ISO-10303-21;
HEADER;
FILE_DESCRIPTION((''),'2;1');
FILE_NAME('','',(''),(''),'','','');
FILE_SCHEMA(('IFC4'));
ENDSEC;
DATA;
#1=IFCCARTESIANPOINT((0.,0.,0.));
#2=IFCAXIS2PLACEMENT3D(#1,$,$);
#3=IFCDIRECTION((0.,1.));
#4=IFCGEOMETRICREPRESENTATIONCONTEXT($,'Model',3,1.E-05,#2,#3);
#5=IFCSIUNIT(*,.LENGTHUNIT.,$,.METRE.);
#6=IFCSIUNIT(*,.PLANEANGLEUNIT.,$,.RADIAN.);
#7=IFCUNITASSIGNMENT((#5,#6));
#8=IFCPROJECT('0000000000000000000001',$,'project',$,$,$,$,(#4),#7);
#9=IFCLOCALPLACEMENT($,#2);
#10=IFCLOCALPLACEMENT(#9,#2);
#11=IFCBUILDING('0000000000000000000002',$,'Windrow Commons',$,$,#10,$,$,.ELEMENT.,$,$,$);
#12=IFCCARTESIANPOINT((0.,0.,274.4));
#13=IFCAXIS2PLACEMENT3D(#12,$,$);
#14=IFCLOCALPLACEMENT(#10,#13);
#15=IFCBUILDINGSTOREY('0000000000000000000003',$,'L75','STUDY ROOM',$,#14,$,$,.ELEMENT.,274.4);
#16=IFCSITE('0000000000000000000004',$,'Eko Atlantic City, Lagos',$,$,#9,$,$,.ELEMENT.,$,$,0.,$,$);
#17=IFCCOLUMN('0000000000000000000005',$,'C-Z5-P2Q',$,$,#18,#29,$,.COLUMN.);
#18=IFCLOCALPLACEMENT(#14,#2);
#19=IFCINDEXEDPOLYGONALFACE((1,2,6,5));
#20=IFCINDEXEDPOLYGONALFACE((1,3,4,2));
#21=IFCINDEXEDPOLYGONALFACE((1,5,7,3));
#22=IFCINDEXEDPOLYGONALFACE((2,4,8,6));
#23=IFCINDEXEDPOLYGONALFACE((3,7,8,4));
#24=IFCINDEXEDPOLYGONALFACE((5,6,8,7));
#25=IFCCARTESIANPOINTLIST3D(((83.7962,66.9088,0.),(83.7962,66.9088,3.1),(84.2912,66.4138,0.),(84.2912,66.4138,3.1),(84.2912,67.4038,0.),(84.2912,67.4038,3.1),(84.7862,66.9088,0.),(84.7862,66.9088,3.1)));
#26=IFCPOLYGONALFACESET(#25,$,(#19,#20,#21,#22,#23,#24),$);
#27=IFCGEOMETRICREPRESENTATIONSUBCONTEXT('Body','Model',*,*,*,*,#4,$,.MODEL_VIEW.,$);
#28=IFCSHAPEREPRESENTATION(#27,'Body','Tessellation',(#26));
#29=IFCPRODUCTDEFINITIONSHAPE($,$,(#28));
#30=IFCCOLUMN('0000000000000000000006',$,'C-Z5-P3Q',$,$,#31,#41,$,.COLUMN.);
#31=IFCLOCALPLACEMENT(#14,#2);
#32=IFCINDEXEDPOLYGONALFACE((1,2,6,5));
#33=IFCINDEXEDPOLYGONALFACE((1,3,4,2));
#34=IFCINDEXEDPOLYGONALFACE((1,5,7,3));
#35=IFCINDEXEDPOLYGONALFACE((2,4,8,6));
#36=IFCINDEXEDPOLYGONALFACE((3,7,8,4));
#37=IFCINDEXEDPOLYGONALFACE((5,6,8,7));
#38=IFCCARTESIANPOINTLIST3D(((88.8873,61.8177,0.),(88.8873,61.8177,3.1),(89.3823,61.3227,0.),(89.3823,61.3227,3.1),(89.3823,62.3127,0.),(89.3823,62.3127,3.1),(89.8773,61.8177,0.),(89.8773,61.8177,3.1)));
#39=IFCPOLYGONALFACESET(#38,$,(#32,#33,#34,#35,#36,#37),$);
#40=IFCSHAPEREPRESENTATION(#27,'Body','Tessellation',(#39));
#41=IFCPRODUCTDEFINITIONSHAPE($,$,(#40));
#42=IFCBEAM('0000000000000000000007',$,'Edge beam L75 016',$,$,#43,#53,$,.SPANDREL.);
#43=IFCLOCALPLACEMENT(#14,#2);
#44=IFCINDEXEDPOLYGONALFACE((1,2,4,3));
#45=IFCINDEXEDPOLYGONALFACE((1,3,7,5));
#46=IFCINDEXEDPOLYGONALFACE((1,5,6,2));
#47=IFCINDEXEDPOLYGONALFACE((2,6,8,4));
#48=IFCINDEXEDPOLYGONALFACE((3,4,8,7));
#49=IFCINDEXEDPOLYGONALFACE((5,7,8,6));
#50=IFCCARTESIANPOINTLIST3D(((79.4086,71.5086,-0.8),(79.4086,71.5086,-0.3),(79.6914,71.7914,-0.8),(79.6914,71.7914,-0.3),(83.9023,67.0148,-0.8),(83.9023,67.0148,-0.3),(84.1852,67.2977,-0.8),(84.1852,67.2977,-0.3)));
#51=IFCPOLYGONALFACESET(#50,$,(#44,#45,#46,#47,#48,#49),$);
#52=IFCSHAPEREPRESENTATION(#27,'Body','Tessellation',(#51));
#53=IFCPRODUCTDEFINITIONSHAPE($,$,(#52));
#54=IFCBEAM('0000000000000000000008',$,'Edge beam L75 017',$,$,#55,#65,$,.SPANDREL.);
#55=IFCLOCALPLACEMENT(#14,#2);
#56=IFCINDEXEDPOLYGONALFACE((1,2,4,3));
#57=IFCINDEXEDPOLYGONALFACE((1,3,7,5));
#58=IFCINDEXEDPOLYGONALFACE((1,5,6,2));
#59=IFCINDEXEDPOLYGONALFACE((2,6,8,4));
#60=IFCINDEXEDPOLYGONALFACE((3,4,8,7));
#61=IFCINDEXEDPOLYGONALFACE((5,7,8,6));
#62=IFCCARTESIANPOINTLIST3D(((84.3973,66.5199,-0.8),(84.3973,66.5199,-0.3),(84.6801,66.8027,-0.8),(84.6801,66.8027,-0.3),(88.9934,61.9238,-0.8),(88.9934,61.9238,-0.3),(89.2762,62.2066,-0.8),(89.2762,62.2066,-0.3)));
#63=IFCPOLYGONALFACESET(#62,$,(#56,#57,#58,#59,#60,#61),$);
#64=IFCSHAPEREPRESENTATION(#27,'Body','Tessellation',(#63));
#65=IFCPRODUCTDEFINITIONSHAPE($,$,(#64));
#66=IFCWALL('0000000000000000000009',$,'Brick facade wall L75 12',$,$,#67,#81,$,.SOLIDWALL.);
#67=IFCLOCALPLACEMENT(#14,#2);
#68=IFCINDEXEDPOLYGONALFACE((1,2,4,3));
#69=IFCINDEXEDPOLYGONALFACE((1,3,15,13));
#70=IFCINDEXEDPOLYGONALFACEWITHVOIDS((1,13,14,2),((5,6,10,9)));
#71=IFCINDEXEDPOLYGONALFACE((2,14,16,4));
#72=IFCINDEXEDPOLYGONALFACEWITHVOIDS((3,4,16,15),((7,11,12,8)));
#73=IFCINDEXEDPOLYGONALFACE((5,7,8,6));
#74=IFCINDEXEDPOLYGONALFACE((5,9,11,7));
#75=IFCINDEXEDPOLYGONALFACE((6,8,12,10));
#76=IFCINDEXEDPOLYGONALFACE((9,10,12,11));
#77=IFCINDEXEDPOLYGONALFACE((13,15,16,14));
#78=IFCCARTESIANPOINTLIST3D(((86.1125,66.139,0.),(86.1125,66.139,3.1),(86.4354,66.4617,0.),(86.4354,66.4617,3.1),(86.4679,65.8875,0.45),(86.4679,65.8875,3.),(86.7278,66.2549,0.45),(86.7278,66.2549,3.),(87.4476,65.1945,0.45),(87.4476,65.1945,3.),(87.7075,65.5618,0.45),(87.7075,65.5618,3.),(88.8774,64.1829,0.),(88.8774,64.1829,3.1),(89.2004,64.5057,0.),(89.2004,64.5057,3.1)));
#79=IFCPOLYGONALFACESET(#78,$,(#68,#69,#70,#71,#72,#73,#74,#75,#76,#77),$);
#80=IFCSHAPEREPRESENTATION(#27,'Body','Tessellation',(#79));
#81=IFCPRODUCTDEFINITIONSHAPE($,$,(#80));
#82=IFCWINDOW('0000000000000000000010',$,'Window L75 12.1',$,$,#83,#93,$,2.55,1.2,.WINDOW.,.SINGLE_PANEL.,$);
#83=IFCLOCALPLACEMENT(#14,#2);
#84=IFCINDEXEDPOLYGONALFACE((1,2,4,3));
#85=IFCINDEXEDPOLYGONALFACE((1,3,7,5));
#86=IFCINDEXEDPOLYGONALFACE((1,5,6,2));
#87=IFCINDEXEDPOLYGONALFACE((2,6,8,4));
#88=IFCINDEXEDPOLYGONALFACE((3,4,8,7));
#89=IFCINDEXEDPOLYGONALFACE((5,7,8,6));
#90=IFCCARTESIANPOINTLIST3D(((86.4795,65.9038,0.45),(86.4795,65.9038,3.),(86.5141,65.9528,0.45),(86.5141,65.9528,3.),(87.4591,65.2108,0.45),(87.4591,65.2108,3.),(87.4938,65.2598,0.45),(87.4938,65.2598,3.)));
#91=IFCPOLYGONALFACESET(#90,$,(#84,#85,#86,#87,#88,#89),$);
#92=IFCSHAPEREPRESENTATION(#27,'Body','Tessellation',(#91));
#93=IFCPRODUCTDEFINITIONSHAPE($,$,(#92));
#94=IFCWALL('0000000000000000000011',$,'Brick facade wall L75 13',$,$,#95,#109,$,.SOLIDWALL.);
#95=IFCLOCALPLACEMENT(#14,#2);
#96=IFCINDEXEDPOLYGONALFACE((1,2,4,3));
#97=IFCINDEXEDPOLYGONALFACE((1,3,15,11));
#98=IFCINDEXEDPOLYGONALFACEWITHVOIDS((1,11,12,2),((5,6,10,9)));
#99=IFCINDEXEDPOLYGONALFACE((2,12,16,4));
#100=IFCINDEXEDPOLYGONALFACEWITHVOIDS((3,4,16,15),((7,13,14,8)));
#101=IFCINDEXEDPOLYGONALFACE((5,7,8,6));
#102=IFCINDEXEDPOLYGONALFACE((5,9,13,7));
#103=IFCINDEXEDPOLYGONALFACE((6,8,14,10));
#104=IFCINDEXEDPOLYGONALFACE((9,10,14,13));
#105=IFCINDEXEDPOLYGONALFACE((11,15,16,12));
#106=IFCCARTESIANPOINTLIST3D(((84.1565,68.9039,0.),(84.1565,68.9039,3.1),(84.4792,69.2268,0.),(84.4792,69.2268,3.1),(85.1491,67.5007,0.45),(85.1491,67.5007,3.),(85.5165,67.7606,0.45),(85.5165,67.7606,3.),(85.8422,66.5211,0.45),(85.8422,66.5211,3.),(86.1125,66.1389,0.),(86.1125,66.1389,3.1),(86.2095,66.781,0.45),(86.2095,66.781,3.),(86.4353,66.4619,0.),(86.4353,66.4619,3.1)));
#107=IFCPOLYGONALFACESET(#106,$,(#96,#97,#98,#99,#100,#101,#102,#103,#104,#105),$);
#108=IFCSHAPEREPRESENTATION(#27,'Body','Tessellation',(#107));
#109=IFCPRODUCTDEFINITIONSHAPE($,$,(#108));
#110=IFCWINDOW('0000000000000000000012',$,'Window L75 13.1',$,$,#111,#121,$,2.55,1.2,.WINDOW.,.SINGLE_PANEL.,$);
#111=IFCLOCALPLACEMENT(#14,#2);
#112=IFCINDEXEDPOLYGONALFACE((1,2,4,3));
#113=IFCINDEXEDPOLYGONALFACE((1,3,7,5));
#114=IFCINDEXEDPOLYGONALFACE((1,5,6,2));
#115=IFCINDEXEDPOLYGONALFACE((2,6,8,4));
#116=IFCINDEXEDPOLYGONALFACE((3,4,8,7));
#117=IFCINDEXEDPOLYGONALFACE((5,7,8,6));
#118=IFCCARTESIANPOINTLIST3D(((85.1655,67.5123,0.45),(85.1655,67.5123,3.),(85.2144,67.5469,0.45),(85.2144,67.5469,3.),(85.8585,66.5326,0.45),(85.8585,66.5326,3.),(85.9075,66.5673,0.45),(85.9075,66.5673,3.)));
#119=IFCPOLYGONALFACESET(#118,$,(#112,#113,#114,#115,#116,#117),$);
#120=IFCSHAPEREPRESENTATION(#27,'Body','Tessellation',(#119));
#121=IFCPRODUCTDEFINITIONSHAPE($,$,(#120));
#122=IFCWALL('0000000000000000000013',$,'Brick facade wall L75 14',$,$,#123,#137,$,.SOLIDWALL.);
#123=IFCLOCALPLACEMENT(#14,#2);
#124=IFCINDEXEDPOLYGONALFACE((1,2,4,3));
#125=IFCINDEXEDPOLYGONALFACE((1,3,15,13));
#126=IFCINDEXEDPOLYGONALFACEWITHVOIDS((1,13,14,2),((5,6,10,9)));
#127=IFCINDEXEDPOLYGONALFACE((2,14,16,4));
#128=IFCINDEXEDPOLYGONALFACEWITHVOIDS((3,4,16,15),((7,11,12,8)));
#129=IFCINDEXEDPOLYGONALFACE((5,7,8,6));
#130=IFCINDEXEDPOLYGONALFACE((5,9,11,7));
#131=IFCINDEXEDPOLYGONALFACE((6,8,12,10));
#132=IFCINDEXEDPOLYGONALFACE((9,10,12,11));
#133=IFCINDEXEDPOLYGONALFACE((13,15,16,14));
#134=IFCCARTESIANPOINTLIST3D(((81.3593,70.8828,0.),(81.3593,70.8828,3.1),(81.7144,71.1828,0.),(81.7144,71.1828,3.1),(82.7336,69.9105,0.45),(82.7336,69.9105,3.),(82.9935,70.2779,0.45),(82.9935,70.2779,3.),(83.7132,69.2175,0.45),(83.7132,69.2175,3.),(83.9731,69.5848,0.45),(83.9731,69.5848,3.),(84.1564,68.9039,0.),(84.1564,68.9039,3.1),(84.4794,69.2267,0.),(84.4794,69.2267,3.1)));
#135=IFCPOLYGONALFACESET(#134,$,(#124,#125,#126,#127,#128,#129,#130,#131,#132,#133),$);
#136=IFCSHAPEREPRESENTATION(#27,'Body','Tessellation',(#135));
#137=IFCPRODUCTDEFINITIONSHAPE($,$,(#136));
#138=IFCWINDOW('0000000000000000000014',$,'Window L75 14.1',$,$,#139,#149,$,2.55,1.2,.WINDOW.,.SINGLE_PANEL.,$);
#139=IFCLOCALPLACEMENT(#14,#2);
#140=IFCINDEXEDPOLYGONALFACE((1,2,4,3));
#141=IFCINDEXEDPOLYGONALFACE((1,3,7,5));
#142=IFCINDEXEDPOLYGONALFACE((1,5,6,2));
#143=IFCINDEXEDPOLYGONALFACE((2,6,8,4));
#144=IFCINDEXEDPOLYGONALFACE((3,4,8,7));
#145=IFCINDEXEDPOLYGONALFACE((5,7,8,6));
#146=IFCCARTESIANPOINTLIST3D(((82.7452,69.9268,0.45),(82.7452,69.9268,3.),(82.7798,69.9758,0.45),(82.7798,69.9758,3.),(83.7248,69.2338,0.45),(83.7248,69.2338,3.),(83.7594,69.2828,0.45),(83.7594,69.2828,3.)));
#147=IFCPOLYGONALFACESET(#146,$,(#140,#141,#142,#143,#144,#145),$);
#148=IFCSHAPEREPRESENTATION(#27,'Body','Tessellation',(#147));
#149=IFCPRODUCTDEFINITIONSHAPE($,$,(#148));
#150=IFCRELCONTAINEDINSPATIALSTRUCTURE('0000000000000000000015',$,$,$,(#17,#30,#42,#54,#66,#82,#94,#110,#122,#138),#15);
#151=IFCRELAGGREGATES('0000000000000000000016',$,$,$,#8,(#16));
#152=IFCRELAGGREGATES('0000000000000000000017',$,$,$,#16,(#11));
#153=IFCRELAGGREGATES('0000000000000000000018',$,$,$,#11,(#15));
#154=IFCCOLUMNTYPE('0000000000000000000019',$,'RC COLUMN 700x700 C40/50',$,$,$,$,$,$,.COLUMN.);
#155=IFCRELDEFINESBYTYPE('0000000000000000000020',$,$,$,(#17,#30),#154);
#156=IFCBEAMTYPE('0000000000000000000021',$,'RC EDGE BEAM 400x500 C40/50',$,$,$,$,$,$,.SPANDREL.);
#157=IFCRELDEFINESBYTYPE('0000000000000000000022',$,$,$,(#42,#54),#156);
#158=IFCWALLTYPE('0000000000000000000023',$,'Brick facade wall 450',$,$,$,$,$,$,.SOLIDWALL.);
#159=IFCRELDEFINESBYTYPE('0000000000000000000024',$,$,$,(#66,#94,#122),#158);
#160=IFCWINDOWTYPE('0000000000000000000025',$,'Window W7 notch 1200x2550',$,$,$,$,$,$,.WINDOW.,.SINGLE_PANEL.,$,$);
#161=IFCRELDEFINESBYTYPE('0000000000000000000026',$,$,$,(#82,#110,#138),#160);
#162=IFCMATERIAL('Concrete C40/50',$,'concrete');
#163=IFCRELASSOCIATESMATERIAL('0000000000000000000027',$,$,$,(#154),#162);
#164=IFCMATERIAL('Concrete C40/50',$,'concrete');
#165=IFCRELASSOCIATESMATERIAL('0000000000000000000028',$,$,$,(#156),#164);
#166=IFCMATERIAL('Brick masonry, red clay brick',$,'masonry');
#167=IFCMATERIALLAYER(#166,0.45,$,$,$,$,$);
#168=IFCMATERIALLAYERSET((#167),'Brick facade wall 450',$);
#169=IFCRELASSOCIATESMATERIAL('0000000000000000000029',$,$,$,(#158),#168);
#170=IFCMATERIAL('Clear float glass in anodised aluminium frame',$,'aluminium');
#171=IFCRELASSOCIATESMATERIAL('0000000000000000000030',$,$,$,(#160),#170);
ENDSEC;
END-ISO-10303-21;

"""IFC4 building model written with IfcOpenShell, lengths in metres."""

from ifc_helpers import new_model, si_unit, direction, frame, frame_2d, origin, origin_2d, place, context, subcontext, project, spatial, polyline, rectangle, outline, extrude, material, layer, layer_set, material_profile, profile_set, type_object, element, fill, save


model = new_model("IFC4")

# Units and contexts
model_context = context("Model", 3, precision=1e-05, world=origin(), true_north=direction((0.0, 1.0)))
body_context = subcontext(model_context, "Body", "Model", "MODEL_VIEW")
ifc_project = project(units=[si_unit("LENGTHUNIT", "METRE"), si_unit("PLANEANGLEUNIT", "RADIAN")], contexts=[model_context])

# Site, building, storey
site_placement = place(None, origin())
site = spatial("IfcSite", under=ifc_project, at=site_placement, Name="Eko Atlantic City, Lagos", CompositionType="ELEMENT", RefElevation=0.0)
building_placement = place(site_placement, origin())
building = spatial("IfcBuilding", under=site, at=building_placement, Name="Windrow Commons", CompositionType="ELEMENT")
storey_placement = place(building_placement, frame((0.0, 0.0, 274.4)))
storey = spatial("IfcBuildingStorey", under=building, at=storey_placement, Name="L75", Description="STUDY ROOM", CompositionType="ELEMENT", Elevation=274.4)

# Columns
ifc_material_1 = material(Name="Concrete C40/50", Category="concrete")
ifc_material_profile_1 = material_profile(ifc_material_1, rectangle(XDim=0.7, YDim=0.7, at=origin_2d()))
ifc_profile_set_1 = profile_set([ifc_material_profile_1], Name="Concrete C40/50")
column_type = type_object("IfcColumnType", Name="RC COLUMN 700x700 C40/50", PredefinedType="COLUMN", material=ifc_profile_set_1)
for number, where, z_axis, x_axis, name in (
    (1, (84.2912, 66.9088, 0.0), (0.0, 0.0, 1.0), (0.707107, -0.707107, 0.0), "C-Z5-P2Q"),
    (2, (89.3823, 61.8177, 0.0), (0.0, 0.0, 1.0), (0.707107, -0.707107, 0.0), "C-Z5-P3Q"),
):
    element("IfcColumn", number, at=place(storey_placement, frame(where, z_axis=z_axis, x_axis=x_axis)), inside=storey, type_object=column_type, Name=name, PredefinedType="COLUMN", context=body_context, shape_type="SweptSolid", body=[
        extrude(rectangle(XDim=0.7, YDim=0.7, at=origin_2d()), origin(), (0.0, 0.0, 1.0), 3.1),
    ])

# Beams
ifc_material_2 = material(Name="Concrete C40/50", Category="concrete")
ifc_material_profile_2 = material_profile(ifc_material_2, rectangle(XDim=0.4, YDim=0.5, at=origin_2d()))
ifc_profile_set_2 = profile_set([ifc_material_profile_2], Name="Concrete C40/50")
beam_type = type_object("IfcBeamType", Name="RC EDGE BEAM 400x500 C40/50", PredefinedType="SPANDREL", material=ifc_profile_set_2)
beam_1_placement = place(storey_placement, frame((79.55, 71.65, -0.55), z_axis=(0.707107, -0.707107, 0.0), x_axis=(0.707107, 0.707107, 0.0)))
element("IfcBeam", 3, at=beam_1_placement, inside=storey, type_object=beam_type, Name="Edge beam L75 016", PredefinedType="SPANDREL", context=body_context, shape_type="SweptSolid", body=[
    extrude(rectangle(XDim=0.4, YDim=0.5, at=origin_2d()), origin(), (0.0, 0.0, 1.0), 6.3551),
])
beam_2_placement = place(storey_placement, frame((84.5387, 66.6613, -0.55), z_axis=(0.707107, -0.707107, 0.0), x_axis=(0.707107, 0.707107, 0.0)))
element("IfcBeam", 4, at=beam_2_placement, inside=storey, type_object=beam_type, Name="Edge beam L75 017", PredefinedType="SPANDREL", context=body_context, shape_type="SweptSolid", body=[
    extrude(rectangle(XDim=0.4, YDim=0.5, at=origin_2d()), origin(), (0.0, 0.0, 1.0), 6.4999),
])

# Walls, openings, windows
ifc_material_3 = material(Name="Brick masonry, red clay brick", Category="masonry")
ifc_layer_1 = layer(ifc_material_3, 0.45)
ifc_layer_set_1 = layer_set([ifc_layer_1], Name="Brick facade wall 450")
wall_type_1 = type_object("IfcWallType", Name="Brick facade wall 450", PredefinedType="SOLIDWALL", material=ifc_layer_set_1)
wall_1_placement = place(storey_placement, frame((89.0389, 64.3443, 0.0), z_axis=(0.0, 0.0, 1.0), x_axis=(-0.816364, 0.577537, 0.0)))
wall_1 = element("IfcWall", 5, at=wall_1_placement, inside=storey, type_object=wall_type_1, Name="Brick facade wall L75 12", PredefinedType="SOLIDWALL", context=body_context, shape_type="SweptSolid", body=[
    extrude(outline(polyline([(-0.0386, -0.225), (3.3483, -0.225), (3.4255, 0.225), (0.0386, 0.225), (-0.0386, -0.225)])), origin(), (0.0, 0.0, 1.0), 3.1),
])
opening_1_placement = place(wall_1_placement, frame((1.7901, 0.0, 0.45)))
opening_1 = element("IfcOpeningElement", 6, at=opening_1_placement, cuts=wall_1, PredefinedType="OPENING", context=body_context, shape_type="SweptSolid", body=[
    extrude(rectangle(XDim=1.2, YDim=2.55, at=frame_2d((0.6, 1.275))), frame((0.0, 0.235, 0.0), z_axis=(0.0, -1.0, 0.0), x_axis=(1.0, 0.0, 0.0)), (0.0, 0.0, 1.0), 0.47),
])
ifc_material_4 = material(Name="Clear float glass in anodised aluminium frame", Category="aluminium")
window_type = type_object("IfcWindowType", Name="Window W7 notch 1200x2550", PartitioningType="SINGLE_PANEL", PredefinedType="WINDOW", material=ifc_material_4)
window_1_placement = place(opening_1_placement, origin())
window_1 = element("IfcWindow", 7, at=window_1_placement, inside=storey, type_object=window_type, Name="Window L75 12.1", OverallHeight=2.55, OverallWidth=1.2, PartitioningType="SINGLE_PANEL", PredefinedType="WINDOW", context=body_context, shape_type="SweptSolid", body=[
    extrude(rectangle(XDim=1.2, YDim=2.55, at=frame_2d((0.6, 1.275))), frame((0.0, 0.205, 0.0), z_axis=(0.0, -1.0, 0.0), x_axis=(1.0, 0.0, 0.0)), (0.0, 0.0, 1.0), 0.06),
])
fill(opening_1, window_1)
wall_2_placement = place(storey_placement, frame((86.2739, 66.3004, 0.0), z_axis=(0.0, 0.0, 1.0), x_axis=(-0.577531, 0.816368, 0.0)))
wall_2 = element("IfcWall", 8, at=wall_2_placement, inside=storey, type_object=wall_type_1, Name="Brick facade wall L75 13", PredefinedType="SOLIDWALL", context=body_context, shape_type="SweptSolid", body=[
    extrude(outline(polyline([(0.0386, -0.225), (3.4255, -0.225), (3.3483, 0.225), (-0.0386, 0.225), (0.0386, -0.225)])), origin(), (0.0, 0.0, 1.0), 3.1),
])
opening_2_placement = place(wall_2_placement, frame((0.4295, 0.0, 0.45)))
opening_2 = element("IfcOpeningElement", 9, at=opening_2_placement, cuts=wall_2, PredefinedType="OPENING", context=body_context, shape_type="SweptSolid", body=[
    extrude(rectangle(XDim=1.2, YDim=2.55, at=frame_2d((0.6, 1.275))), frame((0.0, 0.235, 0.0), z_axis=(0.0, -1.0, 0.0), x_axis=(1.0, 0.0, 0.0)), (0.0, 0.0, 1.0), 0.47),
])
window_2_placement = place(opening_2_placement, origin())
window_2 = element("IfcWindow", 10, at=window_2_placement, inside=storey, type_object=window_type, Name="Window L75 13.1", OverallHeight=2.55, OverallWidth=1.2, PartitioningType="SINGLE_PANEL", PredefinedType="WINDOW", context=body_context, shape_type="SweptSolid", body=[
    extrude(rectangle(XDim=1.2, YDim=2.55, at=frame_2d((0.6, 1.275))), frame((0.0, 0.205, 0.0), z_axis=(0.0, -1.0, 0.0), x_axis=(1.0, 0.0, 0.0)), (0.0, 0.0, 1.0), 0.06),
])
fill(opening_2, window_2)
wall_3_placement = place(storey_placement, frame((84.3179, 69.0653, 0.0), z_axis=(0.0, 0.0, 1.0), x_axis=(-0.816363, 0.577539, 0.0)))
wall_3 = element("IfcWall", 11, at=wall_3_placement, inside=storey, type_object=wall_type_1, Name="Brick facade wall L75 14", PredefinedType="SOLIDWALL", context=body_context, shape_type="SweptSolid", body=[
    extrude(outline(polyline([(-0.0386, -0.225), (3.3483, -0.225), (3.465, 0.225), (0.0386, 0.225), (-0.0386, -0.225)])), origin(), (0.0, 0.0, 1.0), 3.1),
])
opening_3_placement = place(wall_3_placement, frame((0.5815, 0.0, 0.45)))
opening_3 = element("IfcOpeningElement", 12, at=opening_3_placement, cuts=wall_3, PredefinedType="OPENING", context=body_context, shape_type="SweptSolid", body=[
    extrude(rectangle(XDim=1.2, YDim=2.55, at=frame_2d((0.6, 1.275))), frame((0.0, 0.235, 0.0), z_axis=(0.0, -1.0, 0.0), x_axis=(1.0, 0.0, 0.0)), (0.0, 0.0, 1.0), 0.47),
])
window_3_placement = place(opening_3_placement, origin())
window_3 = element("IfcWindow", 13, at=window_3_placement, inside=storey, type_object=window_type, Name="Window L75 14.1", OverallHeight=2.55, OverallWidth=1.2, PartitioningType="SINGLE_PANEL", PredefinedType="WINDOW", context=body_context, shape_type="SweptSolid", body=[
    extrude(rectangle(XDim=1.2, YDim=2.55, at=frame_2d((0.6, 1.275))), frame((0.0, 0.205, 0.0), z_axis=(0.0, -1.0, 0.0), x_axis=(1.0, 0.0, 0.0)), (0.0, 0.0, 1.0), 0.06),
])
fill(opening_3, window_3)

save(model, "model.ifc")
